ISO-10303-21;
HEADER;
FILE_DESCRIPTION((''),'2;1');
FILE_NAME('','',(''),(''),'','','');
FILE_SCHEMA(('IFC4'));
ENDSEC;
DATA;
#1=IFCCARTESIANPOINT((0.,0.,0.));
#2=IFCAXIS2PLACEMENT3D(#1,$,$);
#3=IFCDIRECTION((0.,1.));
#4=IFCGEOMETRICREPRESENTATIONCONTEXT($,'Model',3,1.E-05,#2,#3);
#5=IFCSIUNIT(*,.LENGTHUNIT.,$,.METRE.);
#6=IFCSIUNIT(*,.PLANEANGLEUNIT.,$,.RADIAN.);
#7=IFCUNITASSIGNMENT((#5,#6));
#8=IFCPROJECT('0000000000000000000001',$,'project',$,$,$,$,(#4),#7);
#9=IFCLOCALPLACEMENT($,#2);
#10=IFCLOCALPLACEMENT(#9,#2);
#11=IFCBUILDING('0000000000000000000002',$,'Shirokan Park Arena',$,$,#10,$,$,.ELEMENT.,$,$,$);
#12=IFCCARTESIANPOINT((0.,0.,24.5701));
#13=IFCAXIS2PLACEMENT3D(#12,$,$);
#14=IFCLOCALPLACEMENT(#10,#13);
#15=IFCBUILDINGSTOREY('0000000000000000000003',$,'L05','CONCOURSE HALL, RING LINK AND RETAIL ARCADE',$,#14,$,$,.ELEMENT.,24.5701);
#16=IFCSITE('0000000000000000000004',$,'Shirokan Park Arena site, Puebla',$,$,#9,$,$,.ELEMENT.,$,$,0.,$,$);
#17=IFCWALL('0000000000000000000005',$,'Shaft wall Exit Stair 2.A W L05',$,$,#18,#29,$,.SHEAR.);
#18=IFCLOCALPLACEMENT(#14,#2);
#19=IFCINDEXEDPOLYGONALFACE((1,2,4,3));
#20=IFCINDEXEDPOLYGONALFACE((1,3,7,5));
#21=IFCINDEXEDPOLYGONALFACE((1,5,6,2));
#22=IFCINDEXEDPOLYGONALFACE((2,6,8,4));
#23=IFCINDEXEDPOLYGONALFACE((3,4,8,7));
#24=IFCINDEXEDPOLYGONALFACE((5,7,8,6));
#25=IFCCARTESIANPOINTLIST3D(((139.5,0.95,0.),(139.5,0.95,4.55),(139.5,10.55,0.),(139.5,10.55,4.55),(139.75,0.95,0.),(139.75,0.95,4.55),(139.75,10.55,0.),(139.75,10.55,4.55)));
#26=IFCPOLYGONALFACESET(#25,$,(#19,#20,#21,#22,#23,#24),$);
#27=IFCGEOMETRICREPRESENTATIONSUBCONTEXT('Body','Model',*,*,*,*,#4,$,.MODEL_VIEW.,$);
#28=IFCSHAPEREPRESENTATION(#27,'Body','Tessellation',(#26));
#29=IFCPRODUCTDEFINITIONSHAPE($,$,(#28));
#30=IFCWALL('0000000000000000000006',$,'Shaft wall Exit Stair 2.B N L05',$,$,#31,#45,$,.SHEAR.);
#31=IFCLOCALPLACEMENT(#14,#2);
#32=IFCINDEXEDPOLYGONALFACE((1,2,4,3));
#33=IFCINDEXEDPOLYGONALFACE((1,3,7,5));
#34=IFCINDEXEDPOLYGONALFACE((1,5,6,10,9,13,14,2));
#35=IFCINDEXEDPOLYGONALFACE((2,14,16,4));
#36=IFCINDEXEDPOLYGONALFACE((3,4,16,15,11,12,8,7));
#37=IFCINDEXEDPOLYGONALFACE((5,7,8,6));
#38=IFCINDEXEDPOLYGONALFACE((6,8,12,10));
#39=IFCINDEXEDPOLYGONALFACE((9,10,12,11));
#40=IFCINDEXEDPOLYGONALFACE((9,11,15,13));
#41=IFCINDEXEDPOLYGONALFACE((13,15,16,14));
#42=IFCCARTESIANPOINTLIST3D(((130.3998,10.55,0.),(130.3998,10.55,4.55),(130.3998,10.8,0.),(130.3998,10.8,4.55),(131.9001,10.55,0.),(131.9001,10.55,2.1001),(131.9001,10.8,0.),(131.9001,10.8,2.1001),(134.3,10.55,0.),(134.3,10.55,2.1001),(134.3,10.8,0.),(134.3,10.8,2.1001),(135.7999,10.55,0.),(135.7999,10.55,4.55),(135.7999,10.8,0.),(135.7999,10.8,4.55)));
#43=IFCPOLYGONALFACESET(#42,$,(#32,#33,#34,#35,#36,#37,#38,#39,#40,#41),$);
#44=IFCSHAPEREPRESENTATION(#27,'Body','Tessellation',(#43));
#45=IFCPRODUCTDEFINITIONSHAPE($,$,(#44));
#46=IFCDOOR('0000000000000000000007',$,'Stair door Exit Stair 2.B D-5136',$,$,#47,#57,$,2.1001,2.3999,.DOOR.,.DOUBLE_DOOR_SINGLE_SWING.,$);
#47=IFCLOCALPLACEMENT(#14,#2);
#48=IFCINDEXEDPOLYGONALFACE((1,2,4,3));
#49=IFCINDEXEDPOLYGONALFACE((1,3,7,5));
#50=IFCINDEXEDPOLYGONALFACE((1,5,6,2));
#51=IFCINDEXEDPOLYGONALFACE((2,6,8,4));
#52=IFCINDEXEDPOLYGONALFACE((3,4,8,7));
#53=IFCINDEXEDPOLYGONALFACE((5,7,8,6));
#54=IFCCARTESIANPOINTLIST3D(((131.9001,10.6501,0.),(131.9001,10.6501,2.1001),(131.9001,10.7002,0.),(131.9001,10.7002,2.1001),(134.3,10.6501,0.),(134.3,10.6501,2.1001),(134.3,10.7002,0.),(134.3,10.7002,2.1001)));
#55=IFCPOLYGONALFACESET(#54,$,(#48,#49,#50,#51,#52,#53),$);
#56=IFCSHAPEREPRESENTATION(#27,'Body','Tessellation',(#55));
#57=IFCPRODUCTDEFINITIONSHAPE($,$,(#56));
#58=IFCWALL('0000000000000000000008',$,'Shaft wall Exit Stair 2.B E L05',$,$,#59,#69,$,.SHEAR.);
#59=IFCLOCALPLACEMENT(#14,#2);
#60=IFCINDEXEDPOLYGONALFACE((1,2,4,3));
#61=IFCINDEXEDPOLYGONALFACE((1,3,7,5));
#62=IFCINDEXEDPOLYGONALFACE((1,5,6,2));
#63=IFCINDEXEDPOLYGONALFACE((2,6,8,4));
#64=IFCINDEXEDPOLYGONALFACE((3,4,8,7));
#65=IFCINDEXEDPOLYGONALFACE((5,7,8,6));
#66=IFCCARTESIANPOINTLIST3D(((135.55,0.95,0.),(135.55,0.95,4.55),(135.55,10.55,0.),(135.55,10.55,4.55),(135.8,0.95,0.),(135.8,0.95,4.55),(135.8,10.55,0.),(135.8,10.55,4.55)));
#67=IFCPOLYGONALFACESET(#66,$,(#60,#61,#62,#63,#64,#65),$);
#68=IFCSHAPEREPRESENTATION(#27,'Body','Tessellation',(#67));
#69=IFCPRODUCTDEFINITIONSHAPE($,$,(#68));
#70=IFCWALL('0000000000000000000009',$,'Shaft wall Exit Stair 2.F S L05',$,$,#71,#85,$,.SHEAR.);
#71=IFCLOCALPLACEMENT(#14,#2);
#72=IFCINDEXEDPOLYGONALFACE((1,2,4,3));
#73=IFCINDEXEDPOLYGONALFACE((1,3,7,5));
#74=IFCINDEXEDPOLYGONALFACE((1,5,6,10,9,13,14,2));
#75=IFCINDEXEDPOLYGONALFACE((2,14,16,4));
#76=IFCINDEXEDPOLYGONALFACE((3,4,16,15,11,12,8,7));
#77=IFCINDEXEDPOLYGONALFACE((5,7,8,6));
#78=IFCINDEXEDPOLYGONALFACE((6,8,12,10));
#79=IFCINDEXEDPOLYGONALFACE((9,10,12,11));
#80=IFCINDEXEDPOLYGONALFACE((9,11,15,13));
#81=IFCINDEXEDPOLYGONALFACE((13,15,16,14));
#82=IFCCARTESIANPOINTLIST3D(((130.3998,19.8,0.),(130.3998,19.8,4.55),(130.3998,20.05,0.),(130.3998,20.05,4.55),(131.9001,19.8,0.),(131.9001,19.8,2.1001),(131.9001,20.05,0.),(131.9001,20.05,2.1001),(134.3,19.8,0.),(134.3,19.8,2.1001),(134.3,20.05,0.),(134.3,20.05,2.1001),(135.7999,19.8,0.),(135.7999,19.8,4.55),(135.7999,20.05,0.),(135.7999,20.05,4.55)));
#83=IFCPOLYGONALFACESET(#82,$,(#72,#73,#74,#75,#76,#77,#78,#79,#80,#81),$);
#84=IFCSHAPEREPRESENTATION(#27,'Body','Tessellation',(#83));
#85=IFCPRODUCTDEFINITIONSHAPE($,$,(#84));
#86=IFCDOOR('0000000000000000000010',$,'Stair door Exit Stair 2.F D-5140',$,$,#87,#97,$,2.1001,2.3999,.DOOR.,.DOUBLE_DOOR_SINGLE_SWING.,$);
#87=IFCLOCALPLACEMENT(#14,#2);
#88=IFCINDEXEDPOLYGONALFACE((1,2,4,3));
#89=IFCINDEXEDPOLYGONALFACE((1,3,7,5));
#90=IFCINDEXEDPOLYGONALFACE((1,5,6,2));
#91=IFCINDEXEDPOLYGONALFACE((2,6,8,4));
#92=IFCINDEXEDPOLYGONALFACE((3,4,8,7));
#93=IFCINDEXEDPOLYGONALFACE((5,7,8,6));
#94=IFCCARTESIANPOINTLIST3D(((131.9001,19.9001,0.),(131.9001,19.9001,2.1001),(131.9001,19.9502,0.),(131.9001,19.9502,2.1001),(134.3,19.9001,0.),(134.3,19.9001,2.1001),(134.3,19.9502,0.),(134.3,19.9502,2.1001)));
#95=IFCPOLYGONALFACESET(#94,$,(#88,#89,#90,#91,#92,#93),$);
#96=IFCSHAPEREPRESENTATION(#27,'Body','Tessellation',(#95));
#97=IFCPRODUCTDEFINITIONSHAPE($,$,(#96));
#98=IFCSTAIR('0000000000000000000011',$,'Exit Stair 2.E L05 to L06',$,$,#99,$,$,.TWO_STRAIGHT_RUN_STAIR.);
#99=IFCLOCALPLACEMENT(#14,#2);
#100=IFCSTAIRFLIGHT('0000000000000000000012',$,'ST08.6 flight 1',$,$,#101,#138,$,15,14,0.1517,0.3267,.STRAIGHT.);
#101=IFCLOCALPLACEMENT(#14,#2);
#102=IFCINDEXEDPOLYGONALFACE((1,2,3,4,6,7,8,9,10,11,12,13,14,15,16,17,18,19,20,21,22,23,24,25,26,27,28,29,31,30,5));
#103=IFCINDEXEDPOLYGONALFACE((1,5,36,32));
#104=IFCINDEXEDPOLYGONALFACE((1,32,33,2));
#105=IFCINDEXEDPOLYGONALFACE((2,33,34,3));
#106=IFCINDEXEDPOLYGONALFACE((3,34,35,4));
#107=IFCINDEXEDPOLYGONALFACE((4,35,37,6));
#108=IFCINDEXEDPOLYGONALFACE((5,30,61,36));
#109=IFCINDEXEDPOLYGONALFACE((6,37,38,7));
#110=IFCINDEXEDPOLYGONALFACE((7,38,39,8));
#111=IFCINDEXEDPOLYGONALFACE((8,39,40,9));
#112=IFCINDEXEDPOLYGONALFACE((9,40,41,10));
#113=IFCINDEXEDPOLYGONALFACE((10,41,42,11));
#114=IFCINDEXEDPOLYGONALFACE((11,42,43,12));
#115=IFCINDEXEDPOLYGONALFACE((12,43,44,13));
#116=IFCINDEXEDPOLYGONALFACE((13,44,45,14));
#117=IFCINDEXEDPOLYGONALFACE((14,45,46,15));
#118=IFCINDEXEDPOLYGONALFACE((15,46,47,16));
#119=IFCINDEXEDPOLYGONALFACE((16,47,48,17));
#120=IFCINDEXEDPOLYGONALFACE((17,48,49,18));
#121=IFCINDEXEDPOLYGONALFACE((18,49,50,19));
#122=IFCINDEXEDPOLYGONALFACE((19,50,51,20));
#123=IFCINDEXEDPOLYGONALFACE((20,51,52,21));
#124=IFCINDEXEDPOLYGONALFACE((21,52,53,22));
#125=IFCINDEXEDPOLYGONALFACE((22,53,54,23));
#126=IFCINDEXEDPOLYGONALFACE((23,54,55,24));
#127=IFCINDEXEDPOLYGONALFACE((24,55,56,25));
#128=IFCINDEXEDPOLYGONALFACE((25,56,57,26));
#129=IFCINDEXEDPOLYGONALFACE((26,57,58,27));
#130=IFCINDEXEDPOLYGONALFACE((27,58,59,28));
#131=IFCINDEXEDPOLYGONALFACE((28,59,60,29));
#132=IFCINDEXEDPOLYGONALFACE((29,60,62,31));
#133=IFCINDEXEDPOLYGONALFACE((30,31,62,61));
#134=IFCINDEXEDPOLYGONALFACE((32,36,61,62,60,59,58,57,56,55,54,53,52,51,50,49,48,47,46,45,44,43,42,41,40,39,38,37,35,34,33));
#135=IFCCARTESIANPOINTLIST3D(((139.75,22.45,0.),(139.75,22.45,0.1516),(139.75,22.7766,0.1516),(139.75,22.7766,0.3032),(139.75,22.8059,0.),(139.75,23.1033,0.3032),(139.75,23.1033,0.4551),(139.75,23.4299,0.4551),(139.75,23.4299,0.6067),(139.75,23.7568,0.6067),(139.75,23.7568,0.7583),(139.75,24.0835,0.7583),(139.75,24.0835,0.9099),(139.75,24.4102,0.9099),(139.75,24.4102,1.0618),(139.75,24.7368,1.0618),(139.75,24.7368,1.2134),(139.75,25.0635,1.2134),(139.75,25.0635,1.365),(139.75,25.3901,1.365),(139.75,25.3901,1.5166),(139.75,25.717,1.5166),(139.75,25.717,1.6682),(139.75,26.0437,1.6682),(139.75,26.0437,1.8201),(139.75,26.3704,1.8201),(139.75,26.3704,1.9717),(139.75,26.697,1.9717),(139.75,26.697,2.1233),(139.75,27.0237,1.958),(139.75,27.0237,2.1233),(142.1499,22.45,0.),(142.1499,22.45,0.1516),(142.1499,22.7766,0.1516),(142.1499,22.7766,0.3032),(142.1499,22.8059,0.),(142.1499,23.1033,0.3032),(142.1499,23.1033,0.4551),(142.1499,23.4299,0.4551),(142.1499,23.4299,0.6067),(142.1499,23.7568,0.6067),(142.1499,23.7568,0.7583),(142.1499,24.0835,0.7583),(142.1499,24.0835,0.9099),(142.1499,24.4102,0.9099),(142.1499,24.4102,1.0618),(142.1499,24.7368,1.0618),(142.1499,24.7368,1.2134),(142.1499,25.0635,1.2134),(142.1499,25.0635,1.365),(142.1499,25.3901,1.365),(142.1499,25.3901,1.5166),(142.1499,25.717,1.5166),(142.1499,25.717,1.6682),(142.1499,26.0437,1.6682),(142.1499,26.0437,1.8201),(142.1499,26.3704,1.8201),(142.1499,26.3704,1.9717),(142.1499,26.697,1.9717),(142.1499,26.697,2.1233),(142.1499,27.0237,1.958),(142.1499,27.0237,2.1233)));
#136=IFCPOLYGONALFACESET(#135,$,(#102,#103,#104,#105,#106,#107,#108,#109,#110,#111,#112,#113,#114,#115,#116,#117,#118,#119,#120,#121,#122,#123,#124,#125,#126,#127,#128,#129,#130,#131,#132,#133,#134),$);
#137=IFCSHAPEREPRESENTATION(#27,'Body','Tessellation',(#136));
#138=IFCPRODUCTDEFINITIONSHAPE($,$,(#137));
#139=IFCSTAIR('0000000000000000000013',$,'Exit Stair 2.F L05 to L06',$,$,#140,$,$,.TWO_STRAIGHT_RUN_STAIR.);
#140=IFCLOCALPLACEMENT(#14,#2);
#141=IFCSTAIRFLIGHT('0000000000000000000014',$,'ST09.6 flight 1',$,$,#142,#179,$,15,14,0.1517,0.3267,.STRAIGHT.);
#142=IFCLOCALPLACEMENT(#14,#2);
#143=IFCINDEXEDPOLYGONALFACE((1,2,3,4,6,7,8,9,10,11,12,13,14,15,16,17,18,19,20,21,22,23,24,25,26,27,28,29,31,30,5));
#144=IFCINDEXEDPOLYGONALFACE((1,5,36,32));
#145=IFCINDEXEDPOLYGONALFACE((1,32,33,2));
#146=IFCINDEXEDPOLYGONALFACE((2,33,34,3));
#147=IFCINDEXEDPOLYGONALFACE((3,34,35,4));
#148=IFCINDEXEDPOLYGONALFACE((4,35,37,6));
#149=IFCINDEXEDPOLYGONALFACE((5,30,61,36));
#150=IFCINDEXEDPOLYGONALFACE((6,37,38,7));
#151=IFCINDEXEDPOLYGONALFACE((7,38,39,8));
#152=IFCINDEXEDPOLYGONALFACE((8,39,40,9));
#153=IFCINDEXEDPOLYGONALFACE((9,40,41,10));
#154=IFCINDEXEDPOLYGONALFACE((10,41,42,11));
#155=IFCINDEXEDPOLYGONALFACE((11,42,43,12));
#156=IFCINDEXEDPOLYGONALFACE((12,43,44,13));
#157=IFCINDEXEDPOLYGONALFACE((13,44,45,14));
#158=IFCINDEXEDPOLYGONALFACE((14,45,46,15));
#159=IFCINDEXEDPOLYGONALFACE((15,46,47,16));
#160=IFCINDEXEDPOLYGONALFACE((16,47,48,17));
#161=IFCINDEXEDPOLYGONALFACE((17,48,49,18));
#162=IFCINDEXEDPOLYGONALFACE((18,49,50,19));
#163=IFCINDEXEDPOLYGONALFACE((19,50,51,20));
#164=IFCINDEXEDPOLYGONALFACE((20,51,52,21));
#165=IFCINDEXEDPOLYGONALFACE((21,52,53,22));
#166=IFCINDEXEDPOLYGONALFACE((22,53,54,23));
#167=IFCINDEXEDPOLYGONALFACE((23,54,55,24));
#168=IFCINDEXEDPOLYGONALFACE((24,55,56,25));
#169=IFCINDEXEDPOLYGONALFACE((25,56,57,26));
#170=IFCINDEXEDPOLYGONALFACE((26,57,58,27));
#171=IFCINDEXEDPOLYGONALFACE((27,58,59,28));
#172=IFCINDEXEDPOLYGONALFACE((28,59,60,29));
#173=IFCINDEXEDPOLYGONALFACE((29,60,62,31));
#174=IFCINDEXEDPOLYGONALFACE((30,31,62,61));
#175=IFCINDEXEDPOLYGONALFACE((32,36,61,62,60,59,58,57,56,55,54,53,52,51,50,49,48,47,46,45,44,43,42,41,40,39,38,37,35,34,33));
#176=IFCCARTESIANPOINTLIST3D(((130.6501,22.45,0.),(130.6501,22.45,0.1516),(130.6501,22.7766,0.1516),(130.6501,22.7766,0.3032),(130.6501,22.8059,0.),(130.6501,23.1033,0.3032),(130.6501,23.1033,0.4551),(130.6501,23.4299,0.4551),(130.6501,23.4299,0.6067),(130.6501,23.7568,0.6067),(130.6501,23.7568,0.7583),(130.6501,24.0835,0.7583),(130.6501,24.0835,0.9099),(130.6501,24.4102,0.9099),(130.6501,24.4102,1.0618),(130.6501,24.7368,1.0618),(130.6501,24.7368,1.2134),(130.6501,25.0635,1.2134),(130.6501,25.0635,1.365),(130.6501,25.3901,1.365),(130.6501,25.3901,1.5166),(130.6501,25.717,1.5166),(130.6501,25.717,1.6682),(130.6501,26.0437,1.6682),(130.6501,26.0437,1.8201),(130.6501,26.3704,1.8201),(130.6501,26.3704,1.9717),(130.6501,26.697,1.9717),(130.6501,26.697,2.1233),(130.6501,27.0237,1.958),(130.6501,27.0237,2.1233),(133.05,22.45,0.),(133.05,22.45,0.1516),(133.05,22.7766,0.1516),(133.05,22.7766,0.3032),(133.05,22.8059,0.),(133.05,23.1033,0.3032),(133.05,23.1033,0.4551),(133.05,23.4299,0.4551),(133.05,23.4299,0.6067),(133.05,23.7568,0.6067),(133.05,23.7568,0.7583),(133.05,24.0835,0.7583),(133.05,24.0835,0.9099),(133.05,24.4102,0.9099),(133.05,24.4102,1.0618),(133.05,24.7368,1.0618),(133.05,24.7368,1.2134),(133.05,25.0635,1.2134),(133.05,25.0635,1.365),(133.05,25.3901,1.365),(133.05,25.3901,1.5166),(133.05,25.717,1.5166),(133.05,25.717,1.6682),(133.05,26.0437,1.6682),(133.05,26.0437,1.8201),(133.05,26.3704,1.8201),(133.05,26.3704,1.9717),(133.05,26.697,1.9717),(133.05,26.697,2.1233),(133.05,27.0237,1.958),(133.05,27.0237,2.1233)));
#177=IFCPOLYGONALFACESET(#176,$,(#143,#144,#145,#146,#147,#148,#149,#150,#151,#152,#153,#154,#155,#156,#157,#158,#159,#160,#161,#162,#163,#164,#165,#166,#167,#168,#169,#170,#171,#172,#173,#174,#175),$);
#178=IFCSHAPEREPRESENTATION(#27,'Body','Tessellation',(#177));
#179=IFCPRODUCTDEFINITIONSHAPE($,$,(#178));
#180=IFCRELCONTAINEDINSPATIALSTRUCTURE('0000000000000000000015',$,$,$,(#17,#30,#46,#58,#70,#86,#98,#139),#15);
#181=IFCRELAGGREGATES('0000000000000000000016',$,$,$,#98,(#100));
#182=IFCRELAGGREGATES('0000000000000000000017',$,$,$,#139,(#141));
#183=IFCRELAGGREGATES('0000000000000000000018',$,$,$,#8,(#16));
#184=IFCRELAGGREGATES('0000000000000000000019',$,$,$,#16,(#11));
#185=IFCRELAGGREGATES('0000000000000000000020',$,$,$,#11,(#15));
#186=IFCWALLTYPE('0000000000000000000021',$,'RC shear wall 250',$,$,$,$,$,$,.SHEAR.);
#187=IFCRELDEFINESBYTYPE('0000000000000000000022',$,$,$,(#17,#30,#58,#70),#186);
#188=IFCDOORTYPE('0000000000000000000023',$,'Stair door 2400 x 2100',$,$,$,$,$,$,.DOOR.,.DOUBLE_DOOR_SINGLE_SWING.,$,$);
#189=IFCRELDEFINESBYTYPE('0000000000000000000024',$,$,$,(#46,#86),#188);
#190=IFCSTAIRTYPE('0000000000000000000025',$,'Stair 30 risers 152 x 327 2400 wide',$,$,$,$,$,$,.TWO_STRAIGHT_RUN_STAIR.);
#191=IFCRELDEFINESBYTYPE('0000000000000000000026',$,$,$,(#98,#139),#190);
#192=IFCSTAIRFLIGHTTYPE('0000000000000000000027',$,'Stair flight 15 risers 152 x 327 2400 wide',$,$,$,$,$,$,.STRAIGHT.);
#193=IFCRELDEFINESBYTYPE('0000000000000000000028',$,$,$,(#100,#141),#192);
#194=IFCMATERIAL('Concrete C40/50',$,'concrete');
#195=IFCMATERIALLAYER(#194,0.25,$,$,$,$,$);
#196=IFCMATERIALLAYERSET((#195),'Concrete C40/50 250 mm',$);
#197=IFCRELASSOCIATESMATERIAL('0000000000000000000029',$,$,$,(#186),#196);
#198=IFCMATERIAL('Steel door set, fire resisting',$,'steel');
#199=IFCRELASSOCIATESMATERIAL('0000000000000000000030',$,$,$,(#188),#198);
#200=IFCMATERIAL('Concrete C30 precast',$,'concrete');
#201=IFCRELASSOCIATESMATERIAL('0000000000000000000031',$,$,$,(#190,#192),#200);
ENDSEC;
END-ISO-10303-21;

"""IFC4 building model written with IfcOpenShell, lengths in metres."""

from ifc_helpers import new_model, si_unit, direction, frame, frame_2d, origin, place, context, subcontext, project, spatial, polyline, rectangle, outline, extrude, material, layer, layer_set, type_object, element, fill, aggregate, save


model = new_model("IFC4")

# Units and contexts
model_context = context("Model", 3, precision=1e-05, world=origin(), true_north=direction((0.0, 1.0)))
body_context = subcontext(model_context, "Body", "Model", "MODEL_VIEW")
ifc_project = project(units=[si_unit("LENGTHUNIT", "METRE"), si_unit("PLANEANGLEUNIT", "RADIAN")], contexts=[model_context])

# Site, building, storey
site_placement = place(None, origin())
site = spatial("IfcSite", under=ifc_project, at=site_placement, Name="Shirokan Park Arena site, Puebla", CompositionType="ELEMENT", RefElevation=0.0)
building_placement = place(site_placement, origin())
building = spatial("IfcBuilding", under=site, at=building_placement, Name="Shirokan Park Arena", CompositionType="ELEMENT")
storey_placement = place(building_placement, frame((0.0, 0.0, 24.5701)))
storey = spatial("IfcBuildingStorey", under=building, at=storey_placement, Name="L05", Description="CONCOURSE HALL, RING LINK AND RETAIL ARCADE", CompositionType="ELEMENT", Elevation=24.5701)

# Wall
ifc_material_1 = material(Name="Concrete C40/50", Category="concrete")
ifc_layer_1 = layer(ifc_material_1, 0.25)
ifc_layer_set_1 = layer_set([ifc_layer_1], Name="Concrete C40/50 250 mm")
wall_type_1 = type_object("IfcWallType", Name="RC shear wall 250", PredefinedType="SHEAR", material=ifc_layer_set_1)
wall_1_placement = place(storey_placement, frame((139.625, 10.55, 0.0), z_axis=(0.0, 0.0, 1.0), x_axis=(0.0, -1.0, 0.0)))
element("IfcWall", 1, at=wall_1_placement, inside=storey, type_object=wall_type_1, Name="Shaft wall Exit Stair 2.A W L05", PredefinedType="SHEAR", context=body_context, shape_type="SweptSolid", body=[
    extrude(rectangle(XDim=9.6001, YDim=0.25, at=frame_2d((4.8, 0.0))), origin(), (0.0, 0.0, 1.0), 4.55),
])

# Wall, opening, door
wall_2_placement = place(storey_placement, frame((135.8, 10.675, 0.0), z_axis=(0.0, 0.0, 1.0), x_axis=(-1.0, 0.0, 0.0)))
wall_2 = element("IfcWall", 2, at=wall_2_placement, inside=storey, type_object=wall_type_1, Name="Shaft wall Exit Stair 2.B N L05", PredefinedType="SHEAR", context=body_context, shape_type="SweptSolid", body=[
    extrude(rectangle(XDim=5.4001, YDim=0.25, at=frame_2d((2.7002, 0.0))), origin(), (0.0, 0.0, 1.0), 4.55),
])
opening_1_placement = place(wall_2_placement, frame((1.5, 0.0, 0.0)))
opening_1 = element("IfcOpeningElement", 3, at=opening_1_placement, cuts=wall_2, PredefinedType="OPENING", context=body_context, shape_type="SweptSolid", body=[
    extrude(rectangle(XDim=2.3999, YDim=2.1001, at=frame_2d((1.2, 1.05))), frame((0.0, 0.135, 0.0), z_axis=(0.0, -1.0, 0.0), x_axis=(1.0, 0.0, 0.0)), (0.0, 0.0, 1.0), 0.27),
])
ifc_material_2 = material(Name="Steel door set, fire resisting", Category="steel")
door_type_1 = type_object("IfcDoorType", Name="Stair door 2400 x 2100", OperationType="DOUBLE_DOOR_SINGLE_SWING", PredefinedType="DOOR", material=ifc_material_2)
door_1_placement = place(opening_1_placement, origin())
door_1 = element("IfcDoor", 4, at=door_1_placement, inside=storey, type_object=door_type_1, Name="Stair door Exit Stair 2.B D-5136", OperationType="DOUBLE_DOOR_SINGLE_SWING", OverallHeight=2.1001, OverallWidth=2.3999, PredefinedType="DOOR", context=body_context, shape_type="SweptSolid", body=[
    extrude(rectangle(XDim=2.3999, YDim=2.1001, at=frame_2d((1.2, 1.05))), frame((0.0, 0.0249, 0.0), z_axis=(0.0, -1.0, 0.0), x_axis=(1.0, 0.0, 0.0)), (0.0, 0.0, 1.0), 0.05),
])
fill(opening_1, door_1)

# Wall
wall_3_placement = place(storey_placement, frame((135.675, 10.55, 0.0), z_axis=(0.0, 0.0, 1.0), x_axis=(0.0, -1.0, 0.0)))
element("IfcWall", 5, at=wall_3_placement, inside=storey, type_object=wall_type_1, Name="Shaft wall Exit Stair 2.B E L05", PredefinedType="SHEAR", context=body_context, shape_type="SweptSolid", body=[
    extrude(rectangle(XDim=9.6001, YDim=0.25, at=frame_2d((4.8, 0.0))), origin(), (0.0, 0.0, 1.0), 4.55),
])

# Wall, opening, door
wall_4_placement = place(storey_placement, frame((135.8, 19.925, 0.0), z_axis=(0.0, 0.0, 1.0), x_axis=(-1.0, 0.0, 0.0)))
wall_4 = element("IfcWall", 6, at=wall_4_placement, inside=storey, type_object=wall_type_1, Name="Shaft wall Exit Stair 2.F S L05", PredefinedType="SHEAR", context=body_context, shape_type="SweptSolid", body=[
    extrude(rectangle(XDim=5.4001, YDim=0.25, at=frame_2d((2.7002, 0.0))), origin(), (0.0, 0.0, 1.0), 4.55),
])
opening_2_placement = place(wall_4_placement, frame((1.5, 0.0, 0.0)))
opening_2 = element("IfcOpeningElement", 7, at=opening_2_placement, cuts=wall_4, PredefinedType="OPENING", context=body_context, shape_type="SweptSolid", body=[
    extrude(rectangle(XDim=2.3999, YDim=2.1001, at=frame_2d((1.2, 1.05))), frame((0.0, 0.135, 0.0), z_axis=(0.0, -1.0, 0.0), x_axis=(1.0, 0.0, 0.0)), (0.0, 0.0, 1.0), 0.27),
])
door_2_placement = place(opening_2_placement, origin())
door_2 = element("IfcDoor", 8, at=door_2_placement, inside=storey, type_object=door_type_1, Name="Stair door Exit Stair 2.F D-5140", OperationType="DOUBLE_DOOR_SINGLE_SWING", OverallHeight=2.1001, OverallWidth=2.3999, PredefinedType="DOOR", context=body_context, shape_type="SweptSolid", body=[
    extrude(rectangle(XDim=2.3999, YDim=2.1001, at=frame_2d((1.2, 1.05))), frame((0.0, 0.0249, 0.0), z_axis=(0.0, -1.0, 0.0), x_axis=(1.0, 0.0, 0.0)), (0.0, 0.0, 1.0), 0.05),
])
fill(opening_2, door_2)

# Stairs, stair flights
ifc_material_3 = material(Name="Concrete C30 precast", Category="concrete")
stair_type = type_object("IfcStairType", Name="Stair 30 risers 152 x 327 2400 wide", PredefinedType="TWO_STRAIGHT_RUN_STAIR", material=ifc_material_3)
stair_1_placement = place(storey_placement, origin())
stair_1 = element("IfcStair", 9, at=stair_1_placement, inside=storey, type_object=stair_type, Name="Exit Stair 2.E L05 to L06", PredefinedType="TWO_STRAIGHT_RUN_STAIR")
stair_flight_type = type_object("IfcStairFlightType", Name="Stair flight 15 risers 152 x 327 2400 wide", PredefinedType="STRAIGHT", material=ifc_material_3)
stair_flight_1_placement = place(storey_placement, frame((140.95, 22.45, 0.0), z_axis=(0.0, 0.0, 1.0), x_axis=(0.0, 1.0, 0.0)))
stair_flight_1 = element("IfcStairFlight", 10, at=stair_flight_1_placement, type_object=stair_flight_type, Name="ST08.6 flight 1", NumberOfRisers=15, NumberOfTreads=14, PredefinedType="STRAIGHT", RiserHeight=0.1517, TreadLength=0.3267, context=body_context, shape_type="SweptSolid", body=[
    extrude(outline(polyline([(0.0, 0.0), (0.0, 0.1516), (0.3267, 0.1516), (0.3267, 0.3032), (0.6533, 0.3032), (0.6533, 0.4551), (0.98, 0.4551), (0.98, 0.6067), (1.3069, 0.6067), (1.3069, 0.7583), (1.6335, 0.7583), (1.6335, 0.9099), (1.9602, 0.9099), (1.9602, 1.0618), (2.2869, 1.0618), (2.2869, 1.2134), (2.6135, 1.2134), (2.6135, 1.365), (2.9402, 1.365), (2.9402, 1.5166), (3.2671, 1.5166), (3.2671, 1.6682), (3.5938, 1.6682), (3.5938, 1.8201), (3.9204, 1.8201), (3.9204, 1.9717), (4.2471, 1.9717), (4.2471, 2.1233), (4.5737, 2.1233), (4.5737, 2.2749), (4.5737, 1.958), (0.356, 0.0), (0.0, 0.0)])), frame((0.0, 1.2, 0.0), z_axis=(0.0, -1.0, 0.0), x_axis=(1.0, 0.0, 0.0)), (0.0, 0.0, 1.0), 2.3999),
])
aggregate(stair_1, [stair_flight_1])
stair_2_placement = place(storey_placement, origin())
stair_2 = element("IfcStair", 11, at=stair_2_placement, inside=storey, type_object=stair_type, Name="Exit Stair 2.F L05 to L06", PredefinedType="TWO_STRAIGHT_RUN_STAIR")
stair_flight_2_placement = place(storey_placement, frame((131.8501, 22.45, 0.0), z_axis=(0.0, 0.0, 1.0), x_axis=(0.0, 1.0, 0.0)))
stair_flight_2 = element("IfcStairFlight", 12, at=stair_flight_2_placement, type_object=stair_flight_type, Name="ST09.6 flight 1", NumberOfRisers=15, NumberOfTreads=14, PredefinedType="STRAIGHT", RiserHeight=0.1517, TreadLength=0.3267, context=body_context, shape_type="SweptSolid", body=[
    extrude(outline(polyline([(0.0, 0.0), (0.0, 0.1516), (0.3267, 0.1516), (0.3267, 0.3032), (0.6533, 0.3032), (0.6533, 0.4551), (0.98, 0.4551), (0.98, 0.6067), (1.3069, 0.6067), (1.3069, 0.7583), (1.6335, 0.7583), (1.6335, 0.9099), (1.9602, 0.9099), (1.9602, 1.0618), (2.2869, 1.0618), (2.2869, 1.2134), (2.6135, 1.2134), (2.6135, 1.365), (2.9402, 1.365), (2.9402, 1.5166), (3.2671, 1.5166), (3.2671, 1.6682), (3.5938, 1.6682), (3.5938, 1.8201), (3.9204, 1.8201), (3.9204, 1.9717), (4.2471, 1.9717), (4.2471, 2.1233), (4.5737, 2.1233), (4.5737, 2.2749), (4.5737, 1.958), (0.356, 0.0), (0.0, 0.0)])), frame((0.0, 1.2, 0.0), z_axis=(0.0, -1.0, 0.0), x_axis=(1.0, 0.0, 0.0)), (0.0, 0.0, 1.0), 2.3999),
])
aggregate(stair_2, [stair_flight_2])

save(model, "model.ifc")
